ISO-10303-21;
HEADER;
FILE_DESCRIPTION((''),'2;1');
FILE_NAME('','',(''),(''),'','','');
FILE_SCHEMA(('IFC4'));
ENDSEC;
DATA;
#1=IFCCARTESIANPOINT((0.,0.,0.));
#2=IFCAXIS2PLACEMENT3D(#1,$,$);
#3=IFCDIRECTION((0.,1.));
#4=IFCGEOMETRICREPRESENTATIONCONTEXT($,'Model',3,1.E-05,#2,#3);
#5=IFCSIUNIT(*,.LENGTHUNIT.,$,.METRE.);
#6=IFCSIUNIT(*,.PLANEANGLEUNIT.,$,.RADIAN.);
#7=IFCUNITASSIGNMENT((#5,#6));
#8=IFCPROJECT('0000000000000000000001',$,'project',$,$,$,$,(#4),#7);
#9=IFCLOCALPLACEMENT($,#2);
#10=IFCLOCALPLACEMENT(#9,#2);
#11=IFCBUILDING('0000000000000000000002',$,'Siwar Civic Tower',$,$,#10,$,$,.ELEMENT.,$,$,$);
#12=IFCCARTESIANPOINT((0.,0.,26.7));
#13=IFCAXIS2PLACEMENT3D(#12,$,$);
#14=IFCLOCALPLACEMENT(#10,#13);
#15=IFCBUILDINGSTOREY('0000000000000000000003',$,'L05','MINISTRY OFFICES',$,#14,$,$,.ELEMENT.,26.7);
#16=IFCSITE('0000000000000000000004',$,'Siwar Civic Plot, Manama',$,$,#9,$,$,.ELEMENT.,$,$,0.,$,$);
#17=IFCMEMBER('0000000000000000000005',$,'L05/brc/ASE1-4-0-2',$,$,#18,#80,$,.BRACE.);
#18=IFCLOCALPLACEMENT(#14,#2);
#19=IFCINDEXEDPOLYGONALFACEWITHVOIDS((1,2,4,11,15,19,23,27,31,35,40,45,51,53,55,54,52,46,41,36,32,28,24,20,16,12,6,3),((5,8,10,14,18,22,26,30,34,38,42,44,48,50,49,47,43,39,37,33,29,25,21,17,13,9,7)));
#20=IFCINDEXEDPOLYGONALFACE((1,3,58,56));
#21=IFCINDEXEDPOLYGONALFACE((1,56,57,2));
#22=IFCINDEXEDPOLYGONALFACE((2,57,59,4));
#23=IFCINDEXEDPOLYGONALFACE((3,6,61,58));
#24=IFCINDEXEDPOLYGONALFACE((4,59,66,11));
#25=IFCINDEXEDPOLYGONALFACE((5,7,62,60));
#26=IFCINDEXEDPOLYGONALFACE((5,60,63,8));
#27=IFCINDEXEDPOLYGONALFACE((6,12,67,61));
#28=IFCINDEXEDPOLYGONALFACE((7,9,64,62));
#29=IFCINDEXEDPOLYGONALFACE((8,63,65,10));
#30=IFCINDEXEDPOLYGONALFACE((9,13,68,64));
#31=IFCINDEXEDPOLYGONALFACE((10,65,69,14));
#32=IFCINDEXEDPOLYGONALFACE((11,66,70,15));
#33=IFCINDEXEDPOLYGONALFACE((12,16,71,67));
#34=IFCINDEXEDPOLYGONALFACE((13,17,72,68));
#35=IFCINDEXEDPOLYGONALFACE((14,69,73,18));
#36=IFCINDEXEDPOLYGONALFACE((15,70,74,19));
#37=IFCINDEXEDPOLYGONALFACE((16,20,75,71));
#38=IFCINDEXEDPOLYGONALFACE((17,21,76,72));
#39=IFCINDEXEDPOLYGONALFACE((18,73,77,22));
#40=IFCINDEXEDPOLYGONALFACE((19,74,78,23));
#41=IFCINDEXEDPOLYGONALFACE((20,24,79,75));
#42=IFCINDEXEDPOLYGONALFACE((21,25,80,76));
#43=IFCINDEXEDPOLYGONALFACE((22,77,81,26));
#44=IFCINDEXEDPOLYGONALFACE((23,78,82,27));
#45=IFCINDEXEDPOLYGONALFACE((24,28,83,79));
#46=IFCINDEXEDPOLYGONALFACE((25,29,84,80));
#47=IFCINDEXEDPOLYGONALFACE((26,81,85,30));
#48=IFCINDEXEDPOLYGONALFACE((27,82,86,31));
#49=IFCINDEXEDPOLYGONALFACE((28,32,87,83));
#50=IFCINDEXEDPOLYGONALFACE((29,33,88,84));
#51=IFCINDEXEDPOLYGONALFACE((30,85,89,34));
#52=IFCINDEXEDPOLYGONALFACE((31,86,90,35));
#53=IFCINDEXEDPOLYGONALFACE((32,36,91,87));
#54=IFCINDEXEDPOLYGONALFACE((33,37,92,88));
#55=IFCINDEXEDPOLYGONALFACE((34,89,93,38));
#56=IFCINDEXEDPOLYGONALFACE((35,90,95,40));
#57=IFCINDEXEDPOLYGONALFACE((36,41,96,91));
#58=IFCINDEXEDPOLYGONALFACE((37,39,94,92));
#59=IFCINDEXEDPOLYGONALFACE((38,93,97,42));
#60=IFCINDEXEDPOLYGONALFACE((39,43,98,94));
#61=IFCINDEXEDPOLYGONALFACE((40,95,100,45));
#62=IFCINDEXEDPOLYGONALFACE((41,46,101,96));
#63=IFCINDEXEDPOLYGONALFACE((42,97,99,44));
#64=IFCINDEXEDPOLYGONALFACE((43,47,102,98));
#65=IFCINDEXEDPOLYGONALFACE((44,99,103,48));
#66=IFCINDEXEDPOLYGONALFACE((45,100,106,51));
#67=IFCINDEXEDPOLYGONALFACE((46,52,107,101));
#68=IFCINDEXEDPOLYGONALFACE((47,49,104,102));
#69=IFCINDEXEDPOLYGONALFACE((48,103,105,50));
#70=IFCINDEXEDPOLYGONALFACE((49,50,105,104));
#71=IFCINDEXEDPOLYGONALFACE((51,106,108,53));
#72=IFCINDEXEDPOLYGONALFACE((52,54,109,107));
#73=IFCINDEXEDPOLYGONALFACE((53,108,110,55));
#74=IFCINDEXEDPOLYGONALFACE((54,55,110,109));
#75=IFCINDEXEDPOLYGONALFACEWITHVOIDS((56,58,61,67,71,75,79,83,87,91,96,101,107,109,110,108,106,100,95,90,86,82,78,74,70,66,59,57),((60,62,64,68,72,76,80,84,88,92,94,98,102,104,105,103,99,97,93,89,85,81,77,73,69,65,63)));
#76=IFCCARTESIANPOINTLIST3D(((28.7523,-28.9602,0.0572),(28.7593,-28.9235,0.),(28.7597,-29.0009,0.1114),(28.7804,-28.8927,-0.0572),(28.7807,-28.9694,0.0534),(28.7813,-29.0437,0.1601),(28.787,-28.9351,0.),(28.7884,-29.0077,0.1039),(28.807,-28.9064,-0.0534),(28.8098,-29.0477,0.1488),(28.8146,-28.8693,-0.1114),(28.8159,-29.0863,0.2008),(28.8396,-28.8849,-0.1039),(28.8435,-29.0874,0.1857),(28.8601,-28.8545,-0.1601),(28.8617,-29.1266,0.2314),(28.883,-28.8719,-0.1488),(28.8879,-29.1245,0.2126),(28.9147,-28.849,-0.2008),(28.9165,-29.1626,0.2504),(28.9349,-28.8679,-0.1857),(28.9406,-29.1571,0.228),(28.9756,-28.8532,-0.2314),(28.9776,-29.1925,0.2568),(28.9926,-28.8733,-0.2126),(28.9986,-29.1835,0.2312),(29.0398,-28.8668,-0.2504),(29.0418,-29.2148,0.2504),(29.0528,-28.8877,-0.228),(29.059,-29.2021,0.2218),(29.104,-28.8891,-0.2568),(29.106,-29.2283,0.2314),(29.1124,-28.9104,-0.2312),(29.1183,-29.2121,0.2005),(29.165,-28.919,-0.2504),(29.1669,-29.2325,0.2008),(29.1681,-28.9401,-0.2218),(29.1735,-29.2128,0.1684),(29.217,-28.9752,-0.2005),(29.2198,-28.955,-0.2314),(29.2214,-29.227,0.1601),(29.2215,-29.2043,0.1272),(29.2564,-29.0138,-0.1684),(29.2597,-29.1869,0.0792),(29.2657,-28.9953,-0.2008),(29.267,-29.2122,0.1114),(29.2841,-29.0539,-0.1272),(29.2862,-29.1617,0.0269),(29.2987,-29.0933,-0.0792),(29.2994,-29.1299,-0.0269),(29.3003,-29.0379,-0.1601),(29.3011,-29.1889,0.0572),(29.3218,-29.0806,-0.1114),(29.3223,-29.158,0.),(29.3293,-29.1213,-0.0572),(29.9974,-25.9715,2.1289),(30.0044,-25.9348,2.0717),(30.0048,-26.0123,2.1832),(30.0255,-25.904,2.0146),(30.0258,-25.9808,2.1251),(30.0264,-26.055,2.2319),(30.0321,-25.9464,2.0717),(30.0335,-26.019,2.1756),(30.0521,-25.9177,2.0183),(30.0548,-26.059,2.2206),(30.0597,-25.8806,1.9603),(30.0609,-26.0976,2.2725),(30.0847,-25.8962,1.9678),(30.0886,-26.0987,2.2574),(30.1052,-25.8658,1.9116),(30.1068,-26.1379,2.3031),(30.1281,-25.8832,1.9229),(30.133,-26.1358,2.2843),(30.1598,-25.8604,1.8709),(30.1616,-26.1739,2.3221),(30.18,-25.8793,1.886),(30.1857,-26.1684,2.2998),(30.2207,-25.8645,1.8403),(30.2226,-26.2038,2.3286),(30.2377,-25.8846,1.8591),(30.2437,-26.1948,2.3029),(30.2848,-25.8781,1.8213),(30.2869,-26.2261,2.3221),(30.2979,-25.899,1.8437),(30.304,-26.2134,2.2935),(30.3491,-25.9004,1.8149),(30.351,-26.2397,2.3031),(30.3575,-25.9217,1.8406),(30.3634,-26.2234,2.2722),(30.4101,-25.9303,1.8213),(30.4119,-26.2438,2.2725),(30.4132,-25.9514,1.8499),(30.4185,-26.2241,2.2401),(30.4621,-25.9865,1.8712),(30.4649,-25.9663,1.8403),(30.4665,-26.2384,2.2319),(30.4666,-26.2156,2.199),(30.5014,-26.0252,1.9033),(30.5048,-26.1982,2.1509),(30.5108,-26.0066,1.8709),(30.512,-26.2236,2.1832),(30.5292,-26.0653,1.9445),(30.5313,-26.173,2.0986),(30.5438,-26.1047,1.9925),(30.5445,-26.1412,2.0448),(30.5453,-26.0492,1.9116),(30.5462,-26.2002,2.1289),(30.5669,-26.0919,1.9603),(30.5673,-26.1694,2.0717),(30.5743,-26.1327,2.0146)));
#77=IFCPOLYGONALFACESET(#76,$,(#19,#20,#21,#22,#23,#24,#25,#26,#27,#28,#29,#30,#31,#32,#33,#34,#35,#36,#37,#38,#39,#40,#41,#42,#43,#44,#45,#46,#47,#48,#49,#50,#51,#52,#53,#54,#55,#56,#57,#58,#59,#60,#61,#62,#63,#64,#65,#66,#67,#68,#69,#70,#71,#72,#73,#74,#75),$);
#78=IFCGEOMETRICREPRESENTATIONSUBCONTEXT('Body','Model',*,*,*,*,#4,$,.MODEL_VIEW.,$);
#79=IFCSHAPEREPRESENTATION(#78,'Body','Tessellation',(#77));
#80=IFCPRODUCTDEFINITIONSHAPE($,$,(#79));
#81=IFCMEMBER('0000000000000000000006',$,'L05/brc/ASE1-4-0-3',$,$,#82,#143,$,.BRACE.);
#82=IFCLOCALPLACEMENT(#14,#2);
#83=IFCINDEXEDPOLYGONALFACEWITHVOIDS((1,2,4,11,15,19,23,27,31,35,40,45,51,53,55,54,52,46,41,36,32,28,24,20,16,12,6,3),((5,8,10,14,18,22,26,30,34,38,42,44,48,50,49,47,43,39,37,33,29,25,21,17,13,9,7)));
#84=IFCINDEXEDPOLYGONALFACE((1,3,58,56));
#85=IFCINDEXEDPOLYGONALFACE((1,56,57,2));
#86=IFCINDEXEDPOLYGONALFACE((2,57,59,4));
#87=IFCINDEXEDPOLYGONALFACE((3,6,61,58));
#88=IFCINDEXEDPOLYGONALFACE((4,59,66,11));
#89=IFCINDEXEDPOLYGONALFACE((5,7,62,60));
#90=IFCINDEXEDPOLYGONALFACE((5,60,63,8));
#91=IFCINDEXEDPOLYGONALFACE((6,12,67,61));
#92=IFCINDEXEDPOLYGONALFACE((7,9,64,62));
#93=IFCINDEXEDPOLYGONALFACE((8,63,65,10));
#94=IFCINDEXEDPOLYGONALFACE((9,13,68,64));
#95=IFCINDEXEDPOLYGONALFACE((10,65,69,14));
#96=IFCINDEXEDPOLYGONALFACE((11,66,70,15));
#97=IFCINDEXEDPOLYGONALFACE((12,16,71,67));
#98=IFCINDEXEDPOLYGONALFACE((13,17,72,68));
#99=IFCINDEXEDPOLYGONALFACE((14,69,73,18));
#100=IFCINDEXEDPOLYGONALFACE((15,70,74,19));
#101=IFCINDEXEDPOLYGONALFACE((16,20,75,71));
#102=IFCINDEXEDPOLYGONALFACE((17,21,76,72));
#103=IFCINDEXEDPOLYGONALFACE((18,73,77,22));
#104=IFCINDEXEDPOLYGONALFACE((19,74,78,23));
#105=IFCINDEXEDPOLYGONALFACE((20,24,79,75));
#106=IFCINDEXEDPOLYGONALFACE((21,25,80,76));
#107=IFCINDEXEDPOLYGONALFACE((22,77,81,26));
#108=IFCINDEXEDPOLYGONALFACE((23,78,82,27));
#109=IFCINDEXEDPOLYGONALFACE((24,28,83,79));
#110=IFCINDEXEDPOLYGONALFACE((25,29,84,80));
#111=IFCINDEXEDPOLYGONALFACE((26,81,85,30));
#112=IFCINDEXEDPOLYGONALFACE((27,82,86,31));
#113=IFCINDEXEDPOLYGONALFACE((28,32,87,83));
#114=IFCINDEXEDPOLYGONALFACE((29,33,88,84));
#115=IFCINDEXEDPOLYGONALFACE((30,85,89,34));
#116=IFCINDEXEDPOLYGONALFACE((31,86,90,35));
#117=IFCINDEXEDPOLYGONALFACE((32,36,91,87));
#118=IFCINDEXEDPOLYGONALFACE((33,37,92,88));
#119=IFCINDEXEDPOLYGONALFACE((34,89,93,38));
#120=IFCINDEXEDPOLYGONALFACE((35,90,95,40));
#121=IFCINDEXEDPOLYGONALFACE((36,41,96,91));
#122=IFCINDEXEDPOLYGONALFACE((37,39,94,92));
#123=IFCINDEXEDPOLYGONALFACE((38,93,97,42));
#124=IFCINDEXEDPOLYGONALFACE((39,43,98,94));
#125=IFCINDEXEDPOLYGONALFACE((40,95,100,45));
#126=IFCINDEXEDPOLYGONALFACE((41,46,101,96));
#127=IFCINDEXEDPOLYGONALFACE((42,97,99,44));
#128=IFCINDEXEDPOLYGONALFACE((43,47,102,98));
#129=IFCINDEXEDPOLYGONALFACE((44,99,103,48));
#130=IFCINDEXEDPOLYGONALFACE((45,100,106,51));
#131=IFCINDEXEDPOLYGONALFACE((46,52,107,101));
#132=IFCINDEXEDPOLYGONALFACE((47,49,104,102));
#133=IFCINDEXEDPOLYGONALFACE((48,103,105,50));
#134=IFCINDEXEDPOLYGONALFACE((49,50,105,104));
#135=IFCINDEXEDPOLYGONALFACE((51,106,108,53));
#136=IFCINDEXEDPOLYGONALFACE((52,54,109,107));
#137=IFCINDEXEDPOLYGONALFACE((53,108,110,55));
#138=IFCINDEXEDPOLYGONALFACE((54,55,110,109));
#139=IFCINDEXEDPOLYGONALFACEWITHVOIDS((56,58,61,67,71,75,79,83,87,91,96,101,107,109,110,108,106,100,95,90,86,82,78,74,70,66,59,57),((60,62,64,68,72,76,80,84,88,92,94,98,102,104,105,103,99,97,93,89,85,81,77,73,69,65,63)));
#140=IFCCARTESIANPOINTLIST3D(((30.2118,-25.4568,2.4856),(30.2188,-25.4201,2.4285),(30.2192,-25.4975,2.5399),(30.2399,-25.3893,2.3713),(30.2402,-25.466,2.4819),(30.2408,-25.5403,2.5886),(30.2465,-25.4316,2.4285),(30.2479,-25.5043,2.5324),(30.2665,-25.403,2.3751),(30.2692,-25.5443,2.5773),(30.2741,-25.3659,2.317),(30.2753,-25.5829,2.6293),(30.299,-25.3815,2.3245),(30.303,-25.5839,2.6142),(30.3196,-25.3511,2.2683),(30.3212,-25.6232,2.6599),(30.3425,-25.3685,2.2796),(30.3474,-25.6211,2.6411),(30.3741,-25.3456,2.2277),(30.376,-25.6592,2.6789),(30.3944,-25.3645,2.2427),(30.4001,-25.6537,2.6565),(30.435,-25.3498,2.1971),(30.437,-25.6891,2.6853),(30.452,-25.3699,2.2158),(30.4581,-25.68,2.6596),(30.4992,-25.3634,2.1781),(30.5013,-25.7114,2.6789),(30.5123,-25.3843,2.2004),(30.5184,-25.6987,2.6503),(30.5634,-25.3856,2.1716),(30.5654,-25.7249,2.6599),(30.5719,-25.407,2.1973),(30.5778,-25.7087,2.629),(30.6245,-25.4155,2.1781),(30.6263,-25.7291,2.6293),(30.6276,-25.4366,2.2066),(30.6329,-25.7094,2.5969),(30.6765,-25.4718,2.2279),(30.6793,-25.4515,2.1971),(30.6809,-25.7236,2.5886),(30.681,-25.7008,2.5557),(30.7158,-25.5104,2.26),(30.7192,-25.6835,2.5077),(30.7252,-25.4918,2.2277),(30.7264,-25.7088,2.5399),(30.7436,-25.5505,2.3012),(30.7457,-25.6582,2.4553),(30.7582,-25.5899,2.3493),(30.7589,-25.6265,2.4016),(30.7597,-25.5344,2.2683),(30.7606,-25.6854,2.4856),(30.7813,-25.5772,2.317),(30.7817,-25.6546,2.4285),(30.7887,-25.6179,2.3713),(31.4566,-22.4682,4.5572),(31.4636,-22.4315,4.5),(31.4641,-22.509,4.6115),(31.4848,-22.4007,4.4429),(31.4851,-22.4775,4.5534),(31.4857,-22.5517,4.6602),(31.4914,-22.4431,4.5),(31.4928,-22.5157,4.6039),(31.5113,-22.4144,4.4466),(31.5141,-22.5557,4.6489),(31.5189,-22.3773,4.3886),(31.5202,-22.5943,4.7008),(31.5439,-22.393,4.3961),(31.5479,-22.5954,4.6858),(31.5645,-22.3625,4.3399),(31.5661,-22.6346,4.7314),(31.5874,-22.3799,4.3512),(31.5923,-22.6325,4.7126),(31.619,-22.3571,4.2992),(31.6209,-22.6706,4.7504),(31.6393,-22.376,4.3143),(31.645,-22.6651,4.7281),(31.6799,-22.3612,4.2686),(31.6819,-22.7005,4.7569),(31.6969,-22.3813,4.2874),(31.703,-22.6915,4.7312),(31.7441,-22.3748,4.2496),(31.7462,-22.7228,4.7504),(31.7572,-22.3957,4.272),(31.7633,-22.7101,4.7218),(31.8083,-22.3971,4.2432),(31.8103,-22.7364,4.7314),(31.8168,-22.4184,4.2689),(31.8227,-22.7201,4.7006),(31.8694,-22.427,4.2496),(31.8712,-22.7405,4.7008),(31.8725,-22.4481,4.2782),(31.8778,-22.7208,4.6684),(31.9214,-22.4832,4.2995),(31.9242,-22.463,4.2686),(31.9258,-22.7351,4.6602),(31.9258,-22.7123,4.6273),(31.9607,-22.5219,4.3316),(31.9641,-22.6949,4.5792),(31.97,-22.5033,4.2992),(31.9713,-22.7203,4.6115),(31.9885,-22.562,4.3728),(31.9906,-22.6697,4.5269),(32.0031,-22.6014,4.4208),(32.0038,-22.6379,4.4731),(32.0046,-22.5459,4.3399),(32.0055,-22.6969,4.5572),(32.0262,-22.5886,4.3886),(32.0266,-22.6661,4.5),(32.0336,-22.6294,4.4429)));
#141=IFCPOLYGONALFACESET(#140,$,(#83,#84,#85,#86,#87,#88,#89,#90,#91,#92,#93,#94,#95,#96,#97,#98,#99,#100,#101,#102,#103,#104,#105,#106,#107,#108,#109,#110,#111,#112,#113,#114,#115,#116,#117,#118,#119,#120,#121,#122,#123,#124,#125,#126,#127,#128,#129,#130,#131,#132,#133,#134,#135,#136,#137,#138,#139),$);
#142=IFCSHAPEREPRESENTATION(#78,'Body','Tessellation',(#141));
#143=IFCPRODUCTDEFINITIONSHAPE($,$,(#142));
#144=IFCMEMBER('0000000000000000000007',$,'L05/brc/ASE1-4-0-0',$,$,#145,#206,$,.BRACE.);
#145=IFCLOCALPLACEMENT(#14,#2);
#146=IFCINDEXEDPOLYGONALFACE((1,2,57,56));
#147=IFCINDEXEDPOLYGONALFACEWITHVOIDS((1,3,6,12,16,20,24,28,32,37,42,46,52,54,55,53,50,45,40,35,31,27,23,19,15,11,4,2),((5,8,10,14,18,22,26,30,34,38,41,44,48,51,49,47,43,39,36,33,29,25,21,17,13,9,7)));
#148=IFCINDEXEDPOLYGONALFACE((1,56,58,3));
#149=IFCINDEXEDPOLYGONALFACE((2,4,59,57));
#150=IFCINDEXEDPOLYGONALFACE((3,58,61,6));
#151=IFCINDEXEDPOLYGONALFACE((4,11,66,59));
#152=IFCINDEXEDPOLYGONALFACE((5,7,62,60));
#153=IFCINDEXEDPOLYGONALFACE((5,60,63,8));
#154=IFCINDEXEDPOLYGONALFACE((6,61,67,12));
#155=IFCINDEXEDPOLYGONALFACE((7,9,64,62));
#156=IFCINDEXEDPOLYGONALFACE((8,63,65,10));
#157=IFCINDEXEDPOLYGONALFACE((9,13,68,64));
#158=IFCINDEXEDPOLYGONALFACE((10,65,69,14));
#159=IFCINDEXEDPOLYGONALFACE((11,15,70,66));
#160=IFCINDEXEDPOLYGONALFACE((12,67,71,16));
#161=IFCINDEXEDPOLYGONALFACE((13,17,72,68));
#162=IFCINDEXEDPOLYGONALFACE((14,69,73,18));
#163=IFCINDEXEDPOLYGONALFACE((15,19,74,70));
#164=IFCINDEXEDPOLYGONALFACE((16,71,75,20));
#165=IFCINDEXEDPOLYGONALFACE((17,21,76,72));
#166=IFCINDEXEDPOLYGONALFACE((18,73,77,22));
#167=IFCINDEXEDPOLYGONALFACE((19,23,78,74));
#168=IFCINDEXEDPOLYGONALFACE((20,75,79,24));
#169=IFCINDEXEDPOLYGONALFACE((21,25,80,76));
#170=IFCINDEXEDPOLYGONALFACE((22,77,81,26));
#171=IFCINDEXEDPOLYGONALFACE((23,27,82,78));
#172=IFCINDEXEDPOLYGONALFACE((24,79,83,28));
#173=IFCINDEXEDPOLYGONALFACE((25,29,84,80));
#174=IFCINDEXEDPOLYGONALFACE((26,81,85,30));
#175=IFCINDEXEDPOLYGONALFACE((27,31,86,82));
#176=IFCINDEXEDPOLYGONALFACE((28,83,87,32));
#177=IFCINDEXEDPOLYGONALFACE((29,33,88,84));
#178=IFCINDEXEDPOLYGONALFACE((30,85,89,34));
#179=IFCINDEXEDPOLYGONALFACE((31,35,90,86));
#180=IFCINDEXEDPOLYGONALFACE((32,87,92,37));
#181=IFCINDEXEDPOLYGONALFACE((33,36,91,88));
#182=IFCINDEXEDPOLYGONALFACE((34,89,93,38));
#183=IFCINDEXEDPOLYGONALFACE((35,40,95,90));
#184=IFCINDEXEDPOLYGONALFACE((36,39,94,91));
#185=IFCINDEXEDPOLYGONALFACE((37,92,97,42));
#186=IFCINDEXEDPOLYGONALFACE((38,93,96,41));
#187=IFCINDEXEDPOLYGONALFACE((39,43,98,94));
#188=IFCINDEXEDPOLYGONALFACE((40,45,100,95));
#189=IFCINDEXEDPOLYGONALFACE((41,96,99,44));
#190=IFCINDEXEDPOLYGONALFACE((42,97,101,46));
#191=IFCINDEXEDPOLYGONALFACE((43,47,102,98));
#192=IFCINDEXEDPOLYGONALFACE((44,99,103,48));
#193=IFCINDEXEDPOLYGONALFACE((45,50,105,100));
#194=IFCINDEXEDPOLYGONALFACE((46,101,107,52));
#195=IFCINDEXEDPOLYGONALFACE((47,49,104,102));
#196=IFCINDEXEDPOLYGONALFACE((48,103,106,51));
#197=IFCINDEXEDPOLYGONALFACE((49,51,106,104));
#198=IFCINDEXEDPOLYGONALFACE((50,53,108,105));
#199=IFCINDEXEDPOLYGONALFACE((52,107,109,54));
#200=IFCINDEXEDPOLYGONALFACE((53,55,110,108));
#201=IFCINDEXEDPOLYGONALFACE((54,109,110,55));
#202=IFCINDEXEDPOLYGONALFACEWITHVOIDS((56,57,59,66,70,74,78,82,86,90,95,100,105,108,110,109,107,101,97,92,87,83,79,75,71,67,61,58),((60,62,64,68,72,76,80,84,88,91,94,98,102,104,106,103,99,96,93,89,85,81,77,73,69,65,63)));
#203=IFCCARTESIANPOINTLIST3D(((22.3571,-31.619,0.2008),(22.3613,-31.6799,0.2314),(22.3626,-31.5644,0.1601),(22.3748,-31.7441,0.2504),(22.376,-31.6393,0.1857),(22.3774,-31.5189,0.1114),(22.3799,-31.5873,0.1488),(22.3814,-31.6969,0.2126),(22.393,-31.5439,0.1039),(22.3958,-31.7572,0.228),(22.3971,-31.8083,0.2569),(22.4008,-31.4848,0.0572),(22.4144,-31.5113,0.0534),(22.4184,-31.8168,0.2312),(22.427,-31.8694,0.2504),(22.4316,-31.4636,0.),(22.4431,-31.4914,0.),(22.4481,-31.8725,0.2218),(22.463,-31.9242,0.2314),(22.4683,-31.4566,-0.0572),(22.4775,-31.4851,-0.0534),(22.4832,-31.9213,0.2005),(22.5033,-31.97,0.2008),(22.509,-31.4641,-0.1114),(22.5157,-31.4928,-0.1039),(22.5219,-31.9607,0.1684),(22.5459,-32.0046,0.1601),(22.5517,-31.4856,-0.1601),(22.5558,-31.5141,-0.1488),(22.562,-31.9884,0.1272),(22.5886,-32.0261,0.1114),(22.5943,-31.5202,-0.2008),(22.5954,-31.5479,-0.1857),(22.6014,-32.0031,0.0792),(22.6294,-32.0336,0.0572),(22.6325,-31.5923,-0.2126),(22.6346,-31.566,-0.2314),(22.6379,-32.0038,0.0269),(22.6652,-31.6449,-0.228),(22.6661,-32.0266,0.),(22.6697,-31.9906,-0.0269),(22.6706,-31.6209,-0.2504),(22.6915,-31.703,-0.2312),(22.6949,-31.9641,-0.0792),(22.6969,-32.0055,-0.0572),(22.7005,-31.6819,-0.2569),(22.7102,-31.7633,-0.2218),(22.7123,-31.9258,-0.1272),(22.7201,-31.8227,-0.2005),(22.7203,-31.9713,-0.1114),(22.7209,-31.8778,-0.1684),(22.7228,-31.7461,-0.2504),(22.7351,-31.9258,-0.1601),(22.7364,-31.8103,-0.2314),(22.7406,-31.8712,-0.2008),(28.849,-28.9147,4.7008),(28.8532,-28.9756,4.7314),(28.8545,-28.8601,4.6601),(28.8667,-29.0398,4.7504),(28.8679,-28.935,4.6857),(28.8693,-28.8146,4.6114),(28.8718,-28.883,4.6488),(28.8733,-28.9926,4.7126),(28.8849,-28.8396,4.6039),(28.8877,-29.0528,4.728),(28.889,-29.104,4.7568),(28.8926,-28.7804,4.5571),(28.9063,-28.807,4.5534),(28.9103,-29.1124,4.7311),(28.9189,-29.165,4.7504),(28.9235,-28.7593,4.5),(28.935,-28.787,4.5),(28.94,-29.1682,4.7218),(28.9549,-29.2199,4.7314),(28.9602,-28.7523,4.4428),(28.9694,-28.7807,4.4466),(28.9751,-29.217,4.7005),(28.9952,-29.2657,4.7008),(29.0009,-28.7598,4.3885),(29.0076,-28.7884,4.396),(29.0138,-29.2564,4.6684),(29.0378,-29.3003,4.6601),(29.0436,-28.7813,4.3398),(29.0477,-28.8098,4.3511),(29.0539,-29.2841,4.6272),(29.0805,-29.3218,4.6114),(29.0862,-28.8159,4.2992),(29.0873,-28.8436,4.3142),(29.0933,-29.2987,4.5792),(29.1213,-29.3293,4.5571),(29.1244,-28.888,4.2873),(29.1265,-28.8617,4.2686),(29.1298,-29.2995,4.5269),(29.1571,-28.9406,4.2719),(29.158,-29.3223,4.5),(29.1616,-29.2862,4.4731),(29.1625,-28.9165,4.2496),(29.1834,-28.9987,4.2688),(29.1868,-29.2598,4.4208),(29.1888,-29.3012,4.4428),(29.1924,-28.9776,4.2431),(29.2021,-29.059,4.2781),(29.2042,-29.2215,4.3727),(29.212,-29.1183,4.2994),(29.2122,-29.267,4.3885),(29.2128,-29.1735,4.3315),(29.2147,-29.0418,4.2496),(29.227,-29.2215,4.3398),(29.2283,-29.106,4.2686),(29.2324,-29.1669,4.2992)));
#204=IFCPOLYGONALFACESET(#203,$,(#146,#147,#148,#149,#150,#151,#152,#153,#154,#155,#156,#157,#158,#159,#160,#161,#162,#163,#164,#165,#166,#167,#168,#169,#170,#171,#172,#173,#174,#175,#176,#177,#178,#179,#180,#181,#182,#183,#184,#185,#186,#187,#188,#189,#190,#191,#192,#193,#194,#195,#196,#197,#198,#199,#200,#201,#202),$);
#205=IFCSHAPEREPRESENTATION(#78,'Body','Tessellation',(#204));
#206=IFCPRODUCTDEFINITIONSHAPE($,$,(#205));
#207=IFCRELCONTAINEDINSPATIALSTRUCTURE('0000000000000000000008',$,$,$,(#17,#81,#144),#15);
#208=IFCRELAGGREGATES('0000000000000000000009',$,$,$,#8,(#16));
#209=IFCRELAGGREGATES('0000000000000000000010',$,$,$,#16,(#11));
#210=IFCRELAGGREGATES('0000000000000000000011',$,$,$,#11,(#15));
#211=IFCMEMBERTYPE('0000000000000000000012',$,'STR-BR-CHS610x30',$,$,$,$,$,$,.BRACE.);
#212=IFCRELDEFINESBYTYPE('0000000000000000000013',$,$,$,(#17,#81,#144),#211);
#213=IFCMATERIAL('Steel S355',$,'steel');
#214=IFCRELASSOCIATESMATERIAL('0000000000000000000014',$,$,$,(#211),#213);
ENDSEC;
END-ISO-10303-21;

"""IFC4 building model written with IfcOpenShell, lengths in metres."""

from ifc_helpers import new_model, si_unit, direction, frame, origin, origin_2d, place, context, subcontext, project, spatial, hollow_circle, extrude, material, material_profile, profile_set, type_object, element, save


model = new_model("IFC4")

# Units and contexts
model_context = context("Model", 3, precision=1e-05, world=origin(), true_north=direction((0.0, 1.0)))
body_context = subcontext(model_context, "Body", "Model", "MODEL_VIEW")
ifc_project = project(units=[si_unit("LENGTHUNIT", "METRE"), si_unit("PLANEANGLEUNIT", "RADIAN")], contexts=[model_context])

# Site, building, storey
site_placement = place(None, origin())
site = spatial("IfcSite", under=ifc_project, at=site_placement, Name="Siwar Civic Plot, Manama", CompositionType="ELEMENT", RefElevation=0.0)
building_placement = place(site_placement, origin())
building = spatial("IfcBuilding", under=site, at=building_placement, Name="Siwar Civic Tower", CompositionType="ELEMENT")
storey_placement = place(building_placement, frame((0.0, 0.0, 26.7)))
storey = spatial("IfcBuildingStorey", under=building, at=storey_placement, Name="L05", Description="MINISTRY OFFICES", CompositionType="ELEMENT", Elevation=26.7)

# Members
ifc_material_1 = material(Name="Steel S355", Category="steel")
ifc_material_profile_1 = material_profile(ifc_material_1, hollow_circle(Radius=0.3049, WallThickness=0.03, at=origin_2d()), Name="CHS610x30")
ifc_profile_set_1 = profile_set([ifc_material_profile_1], Name="Steel S355")
member_type_1 = type_object("IfcMemberType", Name="STR-BR-CHS610x30", PredefinedType="BRACE", material=ifc_profile_set_1)
member_1_placement = place(storey_placement, frame((29.0408, -29.0408, 0.0), z_axis=(0.323923, 0.777542, 0.538982), x_axis=(-0.923099, 0.384562, 0.0)))
element("IfcMember", 1, at=member_1_placement, inside=storey, type_object=member_type_1, Name="L05/brc/ASE1-4-0-2", PredefinedType="BRACE", context=body_context, shape_type="SweptSolid", body=[
    extrude(hollow_circle(Radius=0.3049, WallThickness=0.03, at=origin_2d()), origin(), (0.0, 0.0, 1.0), 3.8438),
])
member_2_placement = place(storey_placement, frame((30.5002, -25.5374, 2.4285), z_axis=(0.323893, 0.77756, 0.538975), x_axis=(-0.923115, 0.384524, 0.0)))
element("IfcMember", 2, at=member_2_placement, inside=storey, type_object=member_type_1, Name="L05/brc/ASE1-4-0-3", PredefinedType="BRACE", context=body_context, shape_type="SweptSolid", body=[
    extrude(hollow_circle(Radius=0.3049, WallThickness=0.03, at=origin_2d()), origin(), (0.0, 0.0, 1.0), 3.8435),
])
member_3_placement = place(storey_placement, frame((22.5488, -31.7451, 0.0), z_axis=(0.777555, 0.323906, 0.538975), x_axis=(-0.384539, 0.923109, 0.0)))
element("IfcMember", 3, at=member_3_placement, inside=storey, type_object=member_type_1, Name="L05/brc/ASE1-4-0-0", PredefinedType="BRACE", context=body_context, shape_type="SweptSolid", body=[
    extrude(hollow_circle(Radius=0.3049, WallThickness=0.03, at=origin_2d()), origin(), (0.0, 0.0, 1.0), 8.3491),
])

save(model, "model.ifc")
